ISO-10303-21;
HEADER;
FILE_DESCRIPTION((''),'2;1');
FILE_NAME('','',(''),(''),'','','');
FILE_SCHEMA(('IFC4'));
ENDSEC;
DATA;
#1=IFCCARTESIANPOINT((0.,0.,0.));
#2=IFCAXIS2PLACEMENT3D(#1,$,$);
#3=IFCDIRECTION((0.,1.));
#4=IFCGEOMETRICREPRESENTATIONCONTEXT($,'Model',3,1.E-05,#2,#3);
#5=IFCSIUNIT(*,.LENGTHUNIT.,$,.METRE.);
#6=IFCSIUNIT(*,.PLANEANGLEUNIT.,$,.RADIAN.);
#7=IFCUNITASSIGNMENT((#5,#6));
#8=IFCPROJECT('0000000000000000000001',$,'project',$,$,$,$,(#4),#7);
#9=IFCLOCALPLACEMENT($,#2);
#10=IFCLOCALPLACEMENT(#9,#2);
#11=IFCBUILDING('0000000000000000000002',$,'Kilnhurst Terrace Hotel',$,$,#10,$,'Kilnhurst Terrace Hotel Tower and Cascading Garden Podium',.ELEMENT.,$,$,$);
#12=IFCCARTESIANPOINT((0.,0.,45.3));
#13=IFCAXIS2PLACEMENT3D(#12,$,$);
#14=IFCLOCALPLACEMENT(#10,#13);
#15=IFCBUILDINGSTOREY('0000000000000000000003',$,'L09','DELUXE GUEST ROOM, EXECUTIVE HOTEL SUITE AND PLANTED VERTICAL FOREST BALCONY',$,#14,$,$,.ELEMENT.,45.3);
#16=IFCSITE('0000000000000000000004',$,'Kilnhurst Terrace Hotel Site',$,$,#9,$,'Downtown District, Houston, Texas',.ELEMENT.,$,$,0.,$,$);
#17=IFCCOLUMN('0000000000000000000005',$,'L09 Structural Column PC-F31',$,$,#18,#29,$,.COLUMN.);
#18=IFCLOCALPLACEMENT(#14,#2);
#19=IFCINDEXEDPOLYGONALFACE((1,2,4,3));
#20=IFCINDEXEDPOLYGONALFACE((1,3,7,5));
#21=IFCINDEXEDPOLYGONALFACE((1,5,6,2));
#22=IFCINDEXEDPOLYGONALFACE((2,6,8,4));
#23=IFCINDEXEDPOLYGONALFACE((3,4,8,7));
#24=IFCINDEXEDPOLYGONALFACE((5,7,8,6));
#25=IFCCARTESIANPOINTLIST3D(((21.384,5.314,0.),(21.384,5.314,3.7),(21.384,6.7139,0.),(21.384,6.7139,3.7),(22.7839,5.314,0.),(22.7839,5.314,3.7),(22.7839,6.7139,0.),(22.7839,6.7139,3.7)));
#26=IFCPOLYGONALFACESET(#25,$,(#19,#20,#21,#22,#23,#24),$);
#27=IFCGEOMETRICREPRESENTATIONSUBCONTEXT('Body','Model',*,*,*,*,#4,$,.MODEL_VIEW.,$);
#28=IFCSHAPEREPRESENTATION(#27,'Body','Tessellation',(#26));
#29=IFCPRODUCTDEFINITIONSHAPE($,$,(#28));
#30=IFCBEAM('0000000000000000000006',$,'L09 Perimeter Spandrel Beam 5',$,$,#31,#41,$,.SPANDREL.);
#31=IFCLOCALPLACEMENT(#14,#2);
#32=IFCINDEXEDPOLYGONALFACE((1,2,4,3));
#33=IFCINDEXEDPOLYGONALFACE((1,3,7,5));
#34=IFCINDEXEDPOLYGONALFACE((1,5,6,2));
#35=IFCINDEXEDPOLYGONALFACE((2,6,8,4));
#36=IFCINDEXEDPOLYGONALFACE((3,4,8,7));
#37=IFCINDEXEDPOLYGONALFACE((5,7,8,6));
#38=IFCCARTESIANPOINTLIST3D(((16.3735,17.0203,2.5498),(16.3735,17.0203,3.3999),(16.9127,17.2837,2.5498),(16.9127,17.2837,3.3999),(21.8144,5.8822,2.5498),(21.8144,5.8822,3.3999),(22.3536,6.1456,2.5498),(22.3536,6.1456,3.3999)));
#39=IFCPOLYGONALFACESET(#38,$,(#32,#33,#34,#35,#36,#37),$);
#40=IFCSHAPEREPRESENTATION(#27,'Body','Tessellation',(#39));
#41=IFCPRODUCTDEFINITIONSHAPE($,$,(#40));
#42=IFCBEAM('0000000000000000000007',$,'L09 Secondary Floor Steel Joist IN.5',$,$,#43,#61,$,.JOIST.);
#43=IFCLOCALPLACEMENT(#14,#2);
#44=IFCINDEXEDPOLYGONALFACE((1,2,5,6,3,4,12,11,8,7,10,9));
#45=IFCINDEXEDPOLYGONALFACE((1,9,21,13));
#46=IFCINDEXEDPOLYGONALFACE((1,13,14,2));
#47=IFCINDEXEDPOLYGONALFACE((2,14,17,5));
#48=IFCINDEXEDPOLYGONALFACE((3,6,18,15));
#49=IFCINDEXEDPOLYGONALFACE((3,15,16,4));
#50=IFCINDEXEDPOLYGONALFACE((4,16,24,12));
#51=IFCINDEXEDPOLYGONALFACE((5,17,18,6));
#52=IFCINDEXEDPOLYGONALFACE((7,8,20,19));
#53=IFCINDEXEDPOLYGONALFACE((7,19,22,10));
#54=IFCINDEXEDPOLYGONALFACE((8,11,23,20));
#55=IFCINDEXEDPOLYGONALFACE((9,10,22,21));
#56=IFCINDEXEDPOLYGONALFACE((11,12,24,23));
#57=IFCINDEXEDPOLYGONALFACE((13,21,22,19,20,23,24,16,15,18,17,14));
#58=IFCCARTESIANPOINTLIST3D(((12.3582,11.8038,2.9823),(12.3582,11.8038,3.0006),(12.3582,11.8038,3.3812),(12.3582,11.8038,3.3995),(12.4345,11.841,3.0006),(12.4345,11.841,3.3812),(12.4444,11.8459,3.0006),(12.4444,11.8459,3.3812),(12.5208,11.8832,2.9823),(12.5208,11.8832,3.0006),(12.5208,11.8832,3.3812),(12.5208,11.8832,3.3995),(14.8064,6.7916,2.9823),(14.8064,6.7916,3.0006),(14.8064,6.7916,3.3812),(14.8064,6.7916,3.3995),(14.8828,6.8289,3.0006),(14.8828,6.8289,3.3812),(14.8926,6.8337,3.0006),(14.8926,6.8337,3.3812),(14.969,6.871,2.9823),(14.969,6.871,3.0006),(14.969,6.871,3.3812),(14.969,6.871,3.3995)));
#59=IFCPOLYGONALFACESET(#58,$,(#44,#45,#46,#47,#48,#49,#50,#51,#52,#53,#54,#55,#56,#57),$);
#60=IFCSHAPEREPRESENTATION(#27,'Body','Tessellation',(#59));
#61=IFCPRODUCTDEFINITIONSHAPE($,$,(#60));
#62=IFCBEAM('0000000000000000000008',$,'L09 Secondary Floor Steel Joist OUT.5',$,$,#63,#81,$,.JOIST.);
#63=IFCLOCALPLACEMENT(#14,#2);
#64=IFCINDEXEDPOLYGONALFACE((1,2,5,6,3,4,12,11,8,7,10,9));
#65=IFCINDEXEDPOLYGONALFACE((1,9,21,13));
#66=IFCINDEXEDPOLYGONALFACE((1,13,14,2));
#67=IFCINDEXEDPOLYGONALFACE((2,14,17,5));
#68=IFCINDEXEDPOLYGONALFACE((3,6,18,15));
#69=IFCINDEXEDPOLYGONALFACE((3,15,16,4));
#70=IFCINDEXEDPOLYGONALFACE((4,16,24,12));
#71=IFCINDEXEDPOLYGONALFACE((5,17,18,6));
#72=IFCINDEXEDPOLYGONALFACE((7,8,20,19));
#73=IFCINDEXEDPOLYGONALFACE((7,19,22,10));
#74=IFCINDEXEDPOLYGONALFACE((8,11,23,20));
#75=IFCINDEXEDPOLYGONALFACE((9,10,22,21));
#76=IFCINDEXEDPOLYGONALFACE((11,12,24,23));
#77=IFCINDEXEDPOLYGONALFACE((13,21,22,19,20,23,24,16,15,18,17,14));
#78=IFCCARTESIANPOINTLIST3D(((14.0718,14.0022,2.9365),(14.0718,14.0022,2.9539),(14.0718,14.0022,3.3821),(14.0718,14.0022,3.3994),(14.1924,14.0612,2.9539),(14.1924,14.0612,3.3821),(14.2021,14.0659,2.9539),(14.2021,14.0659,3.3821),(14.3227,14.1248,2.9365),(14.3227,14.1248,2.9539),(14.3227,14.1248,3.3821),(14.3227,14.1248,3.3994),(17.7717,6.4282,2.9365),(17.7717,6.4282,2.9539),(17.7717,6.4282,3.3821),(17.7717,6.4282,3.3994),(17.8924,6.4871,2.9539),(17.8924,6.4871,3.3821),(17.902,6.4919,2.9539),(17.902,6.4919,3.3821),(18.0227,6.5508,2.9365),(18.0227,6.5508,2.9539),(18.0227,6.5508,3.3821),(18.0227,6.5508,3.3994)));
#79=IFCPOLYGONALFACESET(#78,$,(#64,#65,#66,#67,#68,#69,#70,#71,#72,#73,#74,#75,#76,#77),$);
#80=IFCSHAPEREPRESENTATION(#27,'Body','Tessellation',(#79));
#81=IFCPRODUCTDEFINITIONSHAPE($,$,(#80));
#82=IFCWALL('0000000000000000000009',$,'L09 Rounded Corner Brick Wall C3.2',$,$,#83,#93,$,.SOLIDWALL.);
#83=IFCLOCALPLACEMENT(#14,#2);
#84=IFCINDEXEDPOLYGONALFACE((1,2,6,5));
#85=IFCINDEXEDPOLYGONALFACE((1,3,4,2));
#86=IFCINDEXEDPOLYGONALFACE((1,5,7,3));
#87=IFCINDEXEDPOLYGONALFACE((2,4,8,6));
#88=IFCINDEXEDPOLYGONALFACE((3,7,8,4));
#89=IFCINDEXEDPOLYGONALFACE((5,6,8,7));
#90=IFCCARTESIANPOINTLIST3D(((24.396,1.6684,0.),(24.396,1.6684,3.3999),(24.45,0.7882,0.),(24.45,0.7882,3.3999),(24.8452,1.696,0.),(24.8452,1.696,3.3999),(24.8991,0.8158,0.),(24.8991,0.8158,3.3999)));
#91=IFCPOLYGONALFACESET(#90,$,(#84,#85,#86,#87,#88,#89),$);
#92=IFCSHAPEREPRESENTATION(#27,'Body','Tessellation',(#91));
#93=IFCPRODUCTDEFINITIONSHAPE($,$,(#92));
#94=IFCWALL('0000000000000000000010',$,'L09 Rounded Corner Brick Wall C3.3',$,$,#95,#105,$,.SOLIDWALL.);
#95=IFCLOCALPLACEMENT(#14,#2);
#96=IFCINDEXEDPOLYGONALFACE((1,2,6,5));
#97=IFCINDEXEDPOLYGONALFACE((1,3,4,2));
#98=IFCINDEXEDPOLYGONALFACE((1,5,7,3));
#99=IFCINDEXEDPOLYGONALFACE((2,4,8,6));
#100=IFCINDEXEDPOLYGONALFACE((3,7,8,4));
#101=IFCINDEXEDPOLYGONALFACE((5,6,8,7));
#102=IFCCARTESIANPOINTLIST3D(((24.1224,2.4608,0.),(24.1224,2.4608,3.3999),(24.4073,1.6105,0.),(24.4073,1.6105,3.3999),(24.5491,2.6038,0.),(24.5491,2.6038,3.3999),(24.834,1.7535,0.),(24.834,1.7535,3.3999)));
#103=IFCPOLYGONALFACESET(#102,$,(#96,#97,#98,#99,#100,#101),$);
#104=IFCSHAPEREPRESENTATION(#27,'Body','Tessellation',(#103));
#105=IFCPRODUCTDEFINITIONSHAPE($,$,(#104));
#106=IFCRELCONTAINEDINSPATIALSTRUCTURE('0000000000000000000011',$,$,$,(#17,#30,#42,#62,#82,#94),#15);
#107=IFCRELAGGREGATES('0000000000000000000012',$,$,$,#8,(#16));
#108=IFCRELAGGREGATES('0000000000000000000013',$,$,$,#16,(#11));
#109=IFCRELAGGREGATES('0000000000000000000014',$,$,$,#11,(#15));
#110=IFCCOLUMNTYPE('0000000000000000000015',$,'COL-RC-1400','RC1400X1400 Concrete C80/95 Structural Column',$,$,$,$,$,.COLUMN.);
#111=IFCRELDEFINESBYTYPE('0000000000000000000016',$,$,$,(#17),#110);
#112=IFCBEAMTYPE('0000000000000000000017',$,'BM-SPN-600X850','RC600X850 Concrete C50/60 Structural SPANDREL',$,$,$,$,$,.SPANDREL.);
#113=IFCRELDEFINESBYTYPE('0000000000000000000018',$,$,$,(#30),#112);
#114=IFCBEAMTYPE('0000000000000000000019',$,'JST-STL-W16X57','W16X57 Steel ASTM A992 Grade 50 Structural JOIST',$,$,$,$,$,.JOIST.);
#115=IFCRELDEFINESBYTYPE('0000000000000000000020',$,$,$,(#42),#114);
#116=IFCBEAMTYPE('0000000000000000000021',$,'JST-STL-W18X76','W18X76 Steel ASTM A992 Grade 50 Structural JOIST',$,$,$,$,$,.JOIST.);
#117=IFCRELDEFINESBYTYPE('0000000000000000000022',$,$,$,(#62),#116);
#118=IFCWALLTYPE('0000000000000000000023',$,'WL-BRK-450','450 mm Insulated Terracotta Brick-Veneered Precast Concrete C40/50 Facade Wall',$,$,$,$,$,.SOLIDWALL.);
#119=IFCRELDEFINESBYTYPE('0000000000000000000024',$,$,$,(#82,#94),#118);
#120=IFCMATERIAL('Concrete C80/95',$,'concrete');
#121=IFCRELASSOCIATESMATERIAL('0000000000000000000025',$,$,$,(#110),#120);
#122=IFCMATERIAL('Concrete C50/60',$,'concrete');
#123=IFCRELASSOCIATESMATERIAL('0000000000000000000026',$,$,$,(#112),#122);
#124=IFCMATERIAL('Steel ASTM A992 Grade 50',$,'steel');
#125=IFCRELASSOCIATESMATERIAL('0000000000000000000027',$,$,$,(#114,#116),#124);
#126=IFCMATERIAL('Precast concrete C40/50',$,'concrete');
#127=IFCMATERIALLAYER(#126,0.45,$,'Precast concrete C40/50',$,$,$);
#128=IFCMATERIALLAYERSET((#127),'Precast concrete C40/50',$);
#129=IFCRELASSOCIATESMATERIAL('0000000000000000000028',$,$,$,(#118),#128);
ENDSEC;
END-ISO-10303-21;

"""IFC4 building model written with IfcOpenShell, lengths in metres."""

from ifc_helpers import new_model, si_unit, direction, frame, frame_2d, origin, origin_2d, place, context, subcontext, project, spatial, rectangle, i_section, extrude, material, layer, layer_set, material_profile, profile_set, type_object, element, save


model = new_model("IFC4")

# Units and contexts
model_context = context("Model", 3, precision=1e-05, world=origin(), true_north=direction((0.0, 1.0)))
body_context = subcontext(model_context, "Body", "Model", "MODEL_VIEW")
ifc_project = project(units=[si_unit("LENGTHUNIT", "METRE"), si_unit("PLANEANGLEUNIT", "RADIAN")], contexts=[model_context])

# Site, building, storey
site_placement = place(None, origin())
site = spatial("IfcSite", under=ifc_project, at=site_placement, Name="Kilnhurst Terrace Hotel Site", LongName="Downtown District, Houston, Texas", CompositionType="ELEMENT", RefElevation=0.0)
building_placement = place(site_placement, origin())
building = spatial("IfcBuilding", under=site, at=building_placement, Name="Kilnhurst Terrace Hotel", LongName="Kilnhurst Terrace Hotel Tower and Cascading Garden Podium", CompositionType="ELEMENT")
storey_placement = place(building_placement, frame((0.0, 0.0, 45.3)))
storey = spatial("IfcBuildingStorey", under=building, at=storey_placement, Name="L09", Description="DELUXE GUEST ROOM, EXECUTIVE HOTEL SUITE AND PLANTED VERTICAL FOREST BALCONY", CompositionType="ELEMENT", Elevation=45.3)

# Column
ifc_material_1 = material(Name="Concrete C80/95", Category="concrete")
ifc_material_profile_1 = material_profile(ifc_material_1, rectangle(XDim=1.3999, YDim=1.3999, at=origin_2d()), Name="RC1400X1400")
ifc_profile_set_1 = profile_set([ifc_material_profile_1], Name="Concrete C80/95")
column_type = type_object("IfcColumnType", Name="COL-RC-1400", Description="RC1400X1400 Concrete C80/95 Structural Column", PredefinedType="COLUMN", material=ifc_profile_set_1)
column_placement = place(storey_placement, frame((22.084, 6.0139, 0.0), z_axis=(0.0, 0.0, 1.0), x_axis=(1.0, 0.0, 0.0)))
element("IfcColumn", 1, at=column_placement, inside=storey, type_object=column_type, Name="L09 Structural Column PC-F31", PredefinedType="COLUMN", context=body_context, shape_type="SweptSolid", body=[
    extrude(rectangle(XDim=1.3999, YDim=1.3999, at=origin_2d()), origin(), (0.0, 0.0, 1.0), 3.7),
])

# Beams
ifc_material_2 = material(Name="Concrete C50/60", Category="concrete")
ifc_material_profile_2 = material_profile(ifc_material_2, rectangle(XDim=0.6001, YDim=0.8501, at=origin_2d()), Name="RC600X850")
ifc_profile_set_2 = profile_set([ifc_material_profile_2], Name="Concrete C50/60")
beam_type_1 = type_object("IfcBeamType", Name="BM-SPN-600X850", Description="RC600X850 Concrete C50/60 Structural SPANDREL", PredefinedType="SPANDREL", material=ifc_profile_set_2)
beam_1_placement = place(storey_placement, frame((22.084, 6.0139, 2.9749), z_axis=(-0.438923, 0.898525, 0.0), x_axis=(-0.898525, -0.438923, 0.0)))
element("IfcBeam", 2, at=beam_1_placement, inside=storey, type_object=beam_type_1, Name="L09 Perimeter Spandrel Beam 5", PredefinedType="SPANDREL", context=body_context, shape_type="SweptSolid", body=[
    extrude(rectangle(XDim=0.6001, YDim=0.8501, at=origin_2d()), origin(), (0.0, 0.0, 1.0), 12.396),
])
ifc_material_3 = material(Name="Steel ASTM A992 Grade 50", Category="steel")
ifc_material_profile_3 = material_profile(ifc_material_3, i_section(OverallWidth=0.1809, OverallDepth=0.4172, WebThickness=0.011, FlangeThickness=0.0183, at=origin_2d()), Name="W16X57")
ifc_profile_set_3 = profile_set([ifc_material_profile_3], Name="Steel ASTM A992 Grade 50")
beam_type_2 = type_object("IfcBeamType", Name="JST-STL-W16X57", Description="W16X57 Steel ASTM A992 Grade 50 Structural JOIST", PredefinedType="JOIST", material=ifc_profile_set_3)
beam_2_placement = place(storey_placement, frame((14.8877, 6.8313, 3.1909), z_axis=(-0.438896, 0.898538, 0.0), x_axis=(-0.898538, -0.438896, 0.0)))
element("IfcBeam", 3, at=beam_2_placement, inside=storey, type_object=beam_type_2, Name="L09 Secondary Floor Steel Joist IN.5", PredefinedType="JOIST", context=body_context, shape_type="SweptSolid", body=[
    extrude(i_section(OverallWidth=0.1809, OverallDepth=0.4172, WebThickness=0.011, FlangeThickness=0.0183, at=origin_2d()), origin(), (0.0, 0.0, 1.0), 5.5781),
])
ifc_material_profile_4 = material_profile(ifc_material_3, i_section(OverallWidth=0.2793, OverallDepth=0.4629, WebThickness=0.0107, FlangeThickness=0.0173, at=origin_2d()), Name="W18X76")
ifc_profile_set_4 = profile_set([ifc_material_profile_4], Name="Steel ASTM A992 Grade 50")
beam_type_3 = type_object("IfcBeamType", Name="JST-STL-W18X76", Description="W18X76 Steel ASTM A992 Grade 50 Structural JOIST", PredefinedType="JOIST", material=ifc_profile_set_4)
beam_3_placement = place(storey_placement, frame((17.8972, 6.4895, 3.168), z_axis=(-0.438934, 0.898519, 0.0), x_axis=(-0.898519, -0.438934, 0.0)))
element("IfcBeam", 4, at=beam_3_placement, inside=storey, type_object=beam_type_3, Name="L09 Secondary Floor Steel Joist OUT.5", PredefinedType="JOIST", context=body_context, shape_type="SweptSolid", body=[
    extrude(i_section(OverallWidth=0.2793, OverallDepth=0.4629, WebThickness=0.0107, FlangeThickness=0.0173, at=origin_2d()), origin(), (0.0, 0.0, 1.0), 8.4294),
])

# Walls
ifc_material_4 = material(Name="Precast concrete C40/50", Category="concrete")
ifc_layer_1 = layer(ifc_material_4, 0.45, Name="Precast concrete C40/50")
ifc_layer_set_1 = layer_set([ifc_layer_1], Name="Precast concrete C40/50")
wall_type_1 = type_object("IfcWallType", Name="WL-BRK-450", Description="450 mm Insulated Terracotta Brick-Veneered Precast Concrete C40/50 Facade Wall", PredefinedType="SOLIDWALL", material=ifc_layer_set_1)
wall_1_placement = place(storey_placement, frame((24.6746, 0.802, 0.0), z_axis=(0.0, 0.0, 1.0), x_axis=(-0.061189, 0.998126, 0.0)))
element("IfcWall", 5, at=wall_1_placement, inside=storey, type_object=wall_type_1, Name="L09 Rounded Corner Brick Wall C3.2", PredefinedType="SOLIDWALL", context=body_context, shape_type="SweptSolid", body=[
    extrude(rectangle(XDim=0.8818, YDim=0.45, at=frame_2d((0.4409, 0.0))), origin(), (0.0, 0.0, 1.0), 3.3999),
])
wall_2_placement = place(storey_placement, frame((24.6206, 1.6821, 0.0), z_axis=(0.0, 0.0, 1.0), x_axis=(-0.317697, 0.948192, 0.0)))
element("IfcWall", 6, at=wall_2_placement, inside=storey, type_object=wall_type_1, Name="L09 Rounded Corner Brick Wall C3.3", PredefinedType="SOLIDWALL", context=body_context, shape_type="SweptSolid", body=[
    extrude(rectangle(XDim=0.8967, YDim=0.45, at=frame_2d((0.4482, 0.0))), origin(), (0.0, 0.0, 1.0), 3.3999),
])

save(model, "model.ifc")
